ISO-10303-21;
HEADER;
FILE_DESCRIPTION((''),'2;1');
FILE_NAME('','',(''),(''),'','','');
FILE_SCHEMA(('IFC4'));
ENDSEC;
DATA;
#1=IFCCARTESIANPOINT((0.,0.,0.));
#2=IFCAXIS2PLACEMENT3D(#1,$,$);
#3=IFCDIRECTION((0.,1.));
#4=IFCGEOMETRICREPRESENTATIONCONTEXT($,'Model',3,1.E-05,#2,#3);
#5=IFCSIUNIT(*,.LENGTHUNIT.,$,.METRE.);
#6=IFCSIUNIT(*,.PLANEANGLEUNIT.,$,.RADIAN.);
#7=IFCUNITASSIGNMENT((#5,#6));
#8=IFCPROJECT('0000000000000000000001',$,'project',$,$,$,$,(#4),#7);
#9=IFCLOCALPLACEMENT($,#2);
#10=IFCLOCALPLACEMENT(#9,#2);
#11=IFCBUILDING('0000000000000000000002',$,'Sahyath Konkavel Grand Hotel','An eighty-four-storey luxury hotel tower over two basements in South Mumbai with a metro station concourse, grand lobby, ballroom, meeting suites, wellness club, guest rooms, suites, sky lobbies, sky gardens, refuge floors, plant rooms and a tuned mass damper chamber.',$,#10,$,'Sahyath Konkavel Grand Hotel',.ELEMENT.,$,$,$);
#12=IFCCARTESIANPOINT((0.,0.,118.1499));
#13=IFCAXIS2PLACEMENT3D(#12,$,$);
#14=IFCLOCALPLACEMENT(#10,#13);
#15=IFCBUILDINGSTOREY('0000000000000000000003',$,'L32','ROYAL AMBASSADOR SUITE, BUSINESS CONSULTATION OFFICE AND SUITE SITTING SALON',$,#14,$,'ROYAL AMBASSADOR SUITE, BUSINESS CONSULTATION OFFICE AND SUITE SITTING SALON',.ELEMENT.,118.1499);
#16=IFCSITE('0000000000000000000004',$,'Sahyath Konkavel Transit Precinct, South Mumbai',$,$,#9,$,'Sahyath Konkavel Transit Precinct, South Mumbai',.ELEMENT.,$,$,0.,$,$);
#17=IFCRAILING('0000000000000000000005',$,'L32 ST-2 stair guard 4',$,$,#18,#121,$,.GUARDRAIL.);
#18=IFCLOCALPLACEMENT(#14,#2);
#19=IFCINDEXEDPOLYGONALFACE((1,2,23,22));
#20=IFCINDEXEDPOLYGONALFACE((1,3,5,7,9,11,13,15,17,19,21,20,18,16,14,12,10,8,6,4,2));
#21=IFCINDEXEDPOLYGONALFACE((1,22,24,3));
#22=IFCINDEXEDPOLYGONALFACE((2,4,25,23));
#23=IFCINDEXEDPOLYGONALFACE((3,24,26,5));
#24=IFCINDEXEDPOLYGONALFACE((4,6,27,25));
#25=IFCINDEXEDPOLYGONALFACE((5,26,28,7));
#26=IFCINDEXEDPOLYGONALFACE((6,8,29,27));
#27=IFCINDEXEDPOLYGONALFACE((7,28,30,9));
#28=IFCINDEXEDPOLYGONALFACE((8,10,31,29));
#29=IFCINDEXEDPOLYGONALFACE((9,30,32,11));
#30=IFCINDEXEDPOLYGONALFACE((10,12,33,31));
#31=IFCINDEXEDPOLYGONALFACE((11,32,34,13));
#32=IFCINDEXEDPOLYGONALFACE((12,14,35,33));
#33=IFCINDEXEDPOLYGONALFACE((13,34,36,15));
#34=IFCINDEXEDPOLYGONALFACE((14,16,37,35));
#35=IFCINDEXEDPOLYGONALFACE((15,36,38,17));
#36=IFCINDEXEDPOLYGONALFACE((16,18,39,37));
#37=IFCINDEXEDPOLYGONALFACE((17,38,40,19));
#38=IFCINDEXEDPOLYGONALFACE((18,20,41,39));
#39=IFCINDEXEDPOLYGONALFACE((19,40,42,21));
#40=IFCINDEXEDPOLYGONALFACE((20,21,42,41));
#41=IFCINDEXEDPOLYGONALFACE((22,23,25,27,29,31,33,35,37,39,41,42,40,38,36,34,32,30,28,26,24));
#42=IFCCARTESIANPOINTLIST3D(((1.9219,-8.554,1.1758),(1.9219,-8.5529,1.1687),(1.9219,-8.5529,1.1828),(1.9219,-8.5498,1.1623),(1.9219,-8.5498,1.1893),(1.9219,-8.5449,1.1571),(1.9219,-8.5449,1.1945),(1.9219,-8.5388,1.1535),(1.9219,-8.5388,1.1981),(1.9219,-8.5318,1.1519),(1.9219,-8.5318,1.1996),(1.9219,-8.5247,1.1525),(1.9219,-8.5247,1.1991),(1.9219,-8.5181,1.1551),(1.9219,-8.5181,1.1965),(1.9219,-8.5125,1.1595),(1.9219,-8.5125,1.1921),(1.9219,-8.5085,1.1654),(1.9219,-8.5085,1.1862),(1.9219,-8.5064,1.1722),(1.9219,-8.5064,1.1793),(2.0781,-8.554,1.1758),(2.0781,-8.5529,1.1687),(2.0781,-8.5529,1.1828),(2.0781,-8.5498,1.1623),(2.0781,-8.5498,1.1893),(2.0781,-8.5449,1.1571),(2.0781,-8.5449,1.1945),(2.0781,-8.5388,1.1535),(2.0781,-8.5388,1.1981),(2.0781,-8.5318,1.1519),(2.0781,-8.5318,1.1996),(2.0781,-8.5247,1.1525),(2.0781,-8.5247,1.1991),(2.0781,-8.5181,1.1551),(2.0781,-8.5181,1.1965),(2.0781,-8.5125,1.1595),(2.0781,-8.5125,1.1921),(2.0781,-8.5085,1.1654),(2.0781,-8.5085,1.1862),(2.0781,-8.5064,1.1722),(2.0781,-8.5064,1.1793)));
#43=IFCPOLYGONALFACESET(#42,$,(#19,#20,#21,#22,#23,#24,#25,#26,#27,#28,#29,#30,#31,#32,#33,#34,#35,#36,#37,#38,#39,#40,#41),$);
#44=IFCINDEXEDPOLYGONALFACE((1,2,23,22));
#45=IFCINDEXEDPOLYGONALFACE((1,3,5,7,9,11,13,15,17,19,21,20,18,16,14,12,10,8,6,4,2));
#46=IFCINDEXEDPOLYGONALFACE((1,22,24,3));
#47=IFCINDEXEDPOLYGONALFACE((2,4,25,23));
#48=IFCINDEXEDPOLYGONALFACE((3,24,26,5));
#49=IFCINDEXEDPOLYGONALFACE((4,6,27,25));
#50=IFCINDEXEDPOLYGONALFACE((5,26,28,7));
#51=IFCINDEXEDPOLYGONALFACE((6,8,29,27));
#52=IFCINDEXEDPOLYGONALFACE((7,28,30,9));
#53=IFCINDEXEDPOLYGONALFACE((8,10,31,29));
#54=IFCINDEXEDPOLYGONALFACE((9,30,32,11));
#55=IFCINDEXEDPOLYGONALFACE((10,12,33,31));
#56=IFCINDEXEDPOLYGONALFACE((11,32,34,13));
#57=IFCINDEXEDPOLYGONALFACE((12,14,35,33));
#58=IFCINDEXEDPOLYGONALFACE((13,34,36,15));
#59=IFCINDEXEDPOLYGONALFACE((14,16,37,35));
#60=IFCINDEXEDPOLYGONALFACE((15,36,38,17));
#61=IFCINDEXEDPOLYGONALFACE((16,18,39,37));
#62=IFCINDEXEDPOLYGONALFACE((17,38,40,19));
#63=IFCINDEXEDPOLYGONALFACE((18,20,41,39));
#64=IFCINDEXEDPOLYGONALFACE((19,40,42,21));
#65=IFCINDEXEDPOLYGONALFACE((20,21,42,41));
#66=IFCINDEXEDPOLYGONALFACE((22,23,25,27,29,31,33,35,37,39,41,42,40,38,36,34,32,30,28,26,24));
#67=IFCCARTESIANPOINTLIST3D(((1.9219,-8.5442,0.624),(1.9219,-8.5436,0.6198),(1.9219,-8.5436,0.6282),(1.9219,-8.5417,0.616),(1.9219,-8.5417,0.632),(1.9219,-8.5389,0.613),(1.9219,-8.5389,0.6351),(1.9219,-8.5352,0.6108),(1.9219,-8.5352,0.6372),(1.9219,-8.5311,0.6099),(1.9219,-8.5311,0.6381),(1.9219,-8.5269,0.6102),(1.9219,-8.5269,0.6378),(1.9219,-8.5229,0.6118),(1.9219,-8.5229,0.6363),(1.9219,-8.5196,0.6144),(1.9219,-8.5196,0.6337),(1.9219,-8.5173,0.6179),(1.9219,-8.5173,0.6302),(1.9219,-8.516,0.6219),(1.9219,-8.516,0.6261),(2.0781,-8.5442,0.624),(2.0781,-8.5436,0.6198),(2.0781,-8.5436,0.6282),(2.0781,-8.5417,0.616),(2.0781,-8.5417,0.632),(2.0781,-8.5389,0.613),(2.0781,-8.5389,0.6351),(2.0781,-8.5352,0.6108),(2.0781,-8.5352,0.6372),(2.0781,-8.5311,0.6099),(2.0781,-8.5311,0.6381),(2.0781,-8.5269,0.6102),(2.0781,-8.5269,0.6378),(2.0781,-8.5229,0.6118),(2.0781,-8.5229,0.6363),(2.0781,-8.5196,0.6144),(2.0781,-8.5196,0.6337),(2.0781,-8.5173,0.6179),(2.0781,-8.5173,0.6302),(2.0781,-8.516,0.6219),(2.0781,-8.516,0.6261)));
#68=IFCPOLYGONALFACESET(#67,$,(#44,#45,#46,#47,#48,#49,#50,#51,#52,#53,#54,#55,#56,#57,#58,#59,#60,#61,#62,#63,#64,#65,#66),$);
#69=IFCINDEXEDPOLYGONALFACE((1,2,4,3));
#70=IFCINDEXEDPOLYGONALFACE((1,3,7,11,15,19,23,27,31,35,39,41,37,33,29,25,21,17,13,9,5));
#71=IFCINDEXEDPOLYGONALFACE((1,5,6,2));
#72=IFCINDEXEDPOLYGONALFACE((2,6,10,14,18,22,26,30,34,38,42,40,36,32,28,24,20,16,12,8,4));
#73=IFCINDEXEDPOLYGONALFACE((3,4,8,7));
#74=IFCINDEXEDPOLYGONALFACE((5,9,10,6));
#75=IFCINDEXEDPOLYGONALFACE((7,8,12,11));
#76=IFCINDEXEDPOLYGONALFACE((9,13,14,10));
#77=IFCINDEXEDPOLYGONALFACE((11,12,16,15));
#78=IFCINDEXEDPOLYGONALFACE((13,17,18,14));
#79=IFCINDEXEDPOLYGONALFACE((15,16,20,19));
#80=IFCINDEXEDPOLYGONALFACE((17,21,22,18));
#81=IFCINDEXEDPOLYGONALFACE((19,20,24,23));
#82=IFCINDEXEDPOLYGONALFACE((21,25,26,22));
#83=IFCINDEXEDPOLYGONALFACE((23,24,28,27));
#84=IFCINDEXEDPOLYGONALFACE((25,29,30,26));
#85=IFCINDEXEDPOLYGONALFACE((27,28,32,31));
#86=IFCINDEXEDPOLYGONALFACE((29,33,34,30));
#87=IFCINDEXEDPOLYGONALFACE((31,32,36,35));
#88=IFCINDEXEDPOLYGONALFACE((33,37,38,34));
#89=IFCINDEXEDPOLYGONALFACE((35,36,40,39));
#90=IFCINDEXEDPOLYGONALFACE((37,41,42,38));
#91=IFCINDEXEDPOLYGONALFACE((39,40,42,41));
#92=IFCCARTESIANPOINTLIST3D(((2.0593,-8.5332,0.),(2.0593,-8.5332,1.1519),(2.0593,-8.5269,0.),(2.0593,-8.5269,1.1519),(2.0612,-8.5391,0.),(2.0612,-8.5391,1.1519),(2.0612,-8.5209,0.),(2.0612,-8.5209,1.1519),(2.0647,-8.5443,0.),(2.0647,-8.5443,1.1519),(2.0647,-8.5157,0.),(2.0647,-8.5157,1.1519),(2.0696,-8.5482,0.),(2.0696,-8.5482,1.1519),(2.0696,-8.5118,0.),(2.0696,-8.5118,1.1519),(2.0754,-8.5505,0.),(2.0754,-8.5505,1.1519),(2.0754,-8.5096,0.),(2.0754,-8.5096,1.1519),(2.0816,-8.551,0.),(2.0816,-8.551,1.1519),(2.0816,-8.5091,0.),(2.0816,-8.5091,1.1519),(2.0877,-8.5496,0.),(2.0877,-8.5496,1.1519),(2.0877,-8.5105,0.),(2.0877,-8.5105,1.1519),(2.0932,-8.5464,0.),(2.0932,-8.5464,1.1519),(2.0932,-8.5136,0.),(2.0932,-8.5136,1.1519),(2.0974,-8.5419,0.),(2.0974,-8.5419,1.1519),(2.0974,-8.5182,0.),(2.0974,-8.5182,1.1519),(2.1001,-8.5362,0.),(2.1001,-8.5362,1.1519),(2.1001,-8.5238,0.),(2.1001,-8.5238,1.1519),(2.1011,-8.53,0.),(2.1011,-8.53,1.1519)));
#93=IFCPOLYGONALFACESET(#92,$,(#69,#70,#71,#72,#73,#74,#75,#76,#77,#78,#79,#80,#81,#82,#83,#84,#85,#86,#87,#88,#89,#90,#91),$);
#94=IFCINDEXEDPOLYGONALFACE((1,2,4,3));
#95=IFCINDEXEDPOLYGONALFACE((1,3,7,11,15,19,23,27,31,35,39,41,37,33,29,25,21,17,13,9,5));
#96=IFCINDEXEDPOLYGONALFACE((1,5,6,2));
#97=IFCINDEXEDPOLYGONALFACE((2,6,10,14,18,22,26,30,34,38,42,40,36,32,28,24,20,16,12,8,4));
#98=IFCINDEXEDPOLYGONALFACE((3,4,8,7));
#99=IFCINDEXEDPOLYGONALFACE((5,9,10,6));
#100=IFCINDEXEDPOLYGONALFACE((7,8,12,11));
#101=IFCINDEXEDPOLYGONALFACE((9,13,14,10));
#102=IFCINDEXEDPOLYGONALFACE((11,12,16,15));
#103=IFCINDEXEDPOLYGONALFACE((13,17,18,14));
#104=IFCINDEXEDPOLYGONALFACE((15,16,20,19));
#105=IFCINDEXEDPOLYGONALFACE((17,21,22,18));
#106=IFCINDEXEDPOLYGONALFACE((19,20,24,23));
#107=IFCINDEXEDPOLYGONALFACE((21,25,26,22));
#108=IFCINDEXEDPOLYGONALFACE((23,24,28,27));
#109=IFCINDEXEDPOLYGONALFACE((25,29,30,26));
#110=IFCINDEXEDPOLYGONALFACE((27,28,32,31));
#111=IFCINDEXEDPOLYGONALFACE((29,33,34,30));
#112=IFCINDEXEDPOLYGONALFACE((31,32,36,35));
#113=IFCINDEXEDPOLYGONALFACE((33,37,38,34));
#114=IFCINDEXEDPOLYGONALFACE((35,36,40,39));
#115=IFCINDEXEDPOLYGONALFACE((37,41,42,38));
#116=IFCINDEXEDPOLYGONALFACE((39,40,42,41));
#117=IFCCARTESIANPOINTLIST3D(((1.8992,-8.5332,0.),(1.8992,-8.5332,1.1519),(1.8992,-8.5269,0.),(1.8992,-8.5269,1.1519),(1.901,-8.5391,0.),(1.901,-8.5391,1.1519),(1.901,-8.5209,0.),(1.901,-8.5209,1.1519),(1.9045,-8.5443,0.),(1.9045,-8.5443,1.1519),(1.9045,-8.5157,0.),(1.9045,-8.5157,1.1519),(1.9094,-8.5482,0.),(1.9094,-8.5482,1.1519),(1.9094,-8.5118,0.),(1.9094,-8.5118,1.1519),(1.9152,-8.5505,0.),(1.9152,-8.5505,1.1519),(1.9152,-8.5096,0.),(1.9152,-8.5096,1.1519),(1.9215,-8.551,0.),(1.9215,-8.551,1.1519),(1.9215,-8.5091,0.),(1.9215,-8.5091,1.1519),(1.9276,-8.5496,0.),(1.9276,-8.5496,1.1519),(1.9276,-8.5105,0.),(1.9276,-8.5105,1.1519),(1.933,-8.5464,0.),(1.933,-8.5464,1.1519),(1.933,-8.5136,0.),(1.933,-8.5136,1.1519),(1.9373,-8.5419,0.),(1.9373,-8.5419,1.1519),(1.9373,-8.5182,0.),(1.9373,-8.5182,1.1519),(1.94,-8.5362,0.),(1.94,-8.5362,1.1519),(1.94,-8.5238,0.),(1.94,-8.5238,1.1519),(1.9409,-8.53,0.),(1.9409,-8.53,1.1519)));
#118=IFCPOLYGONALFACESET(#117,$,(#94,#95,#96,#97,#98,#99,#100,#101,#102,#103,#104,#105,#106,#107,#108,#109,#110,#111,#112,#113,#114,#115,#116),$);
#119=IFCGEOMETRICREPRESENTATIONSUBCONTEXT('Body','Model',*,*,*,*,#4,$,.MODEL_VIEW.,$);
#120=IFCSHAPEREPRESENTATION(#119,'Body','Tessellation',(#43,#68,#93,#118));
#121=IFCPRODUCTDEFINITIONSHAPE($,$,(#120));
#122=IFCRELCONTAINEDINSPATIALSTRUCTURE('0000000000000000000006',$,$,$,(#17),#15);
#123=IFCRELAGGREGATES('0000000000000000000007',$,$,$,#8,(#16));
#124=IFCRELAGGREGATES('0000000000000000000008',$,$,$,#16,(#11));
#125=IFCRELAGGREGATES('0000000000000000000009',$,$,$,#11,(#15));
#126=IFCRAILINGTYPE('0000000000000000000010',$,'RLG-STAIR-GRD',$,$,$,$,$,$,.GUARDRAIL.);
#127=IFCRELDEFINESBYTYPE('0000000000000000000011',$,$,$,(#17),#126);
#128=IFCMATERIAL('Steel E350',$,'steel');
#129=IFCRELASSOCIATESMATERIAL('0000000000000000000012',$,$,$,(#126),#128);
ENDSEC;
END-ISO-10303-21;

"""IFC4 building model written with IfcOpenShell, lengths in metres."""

from ifc_helpers import new_model, si_unit, direction, frame, origin, origin_2d, place, context, subcontext, project, spatial, circle, extrude, material, type_object, element, save


model = new_model("IFC4")

# Units and contexts
model_context = context("Model", 3, precision=1e-05, world=origin(), true_north=direction((0.0, 1.0)))
body_context = subcontext(model_context, "Body", "Model", "MODEL_VIEW")
ifc_project = project(units=[si_unit("LENGTHUNIT", "METRE"), si_unit("PLANEANGLEUNIT", "RADIAN")], contexts=[model_context])

# Site, building, storey
site_placement = place(None, origin())
site = spatial("IfcSite", under=ifc_project, at=site_placement, Name="Sahyath Konkavel Transit Precinct, South Mumbai", LongName="Sahyath Konkavel Transit Precinct, South Mumbai", CompositionType="ELEMENT", RefElevation=0.0)
building_placement = place(site_placement, origin())
building = spatial("IfcBuilding", under=site, at=building_placement, Name="Sahyath Konkavel Grand Hotel", Description="An eighty-four-storey luxury hotel tower over two basements in South Mumbai with a metro station concourse, grand lobby, ballroom, meeting suites, wellness club, guest rooms, suites, sky lobbies, sky gardens, refuge floors, plant rooms and a tuned mass damper chamber.", LongName="Sahyath Konkavel Grand Hotel", CompositionType="ELEMENT")
storey_placement = place(building_placement, frame((0.0, 0.0, 118.1499)))
storey = spatial("IfcBuildingStorey", under=building, at=storey_placement, Name="L32", Description="ROYAL AMBASSADOR SUITE, BUSINESS CONSULTATION OFFICE AND SUITE SITTING SALON", LongName="ROYAL AMBASSADOR SUITE, BUSINESS CONSULTATION OFFICE AND SUITE SITTING SALON", CompositionType="ELEMENT", Elevation=118.1499)

# Shared definitions
ifc_material_1 = material(Name="Steel E350", Category="steel")

# Railing
railing_type_1 = type_object("IfcRailingType", Name="RLG-STAIR-GRD", PredefinedType="GUARDRAIL", material=ifc_material_1)
railing_1_placement = place(storey_placement, frame((2.0801, -8.53, 0.0)))
element("IfcRailing", 1, at=railing_1_placement, inside=storey, type_object=railing_type_1, Name="L32 ST-2 stair guard 4", PredefinedType="GUARDRAIL", context=body_context, shape_type="SweptSolid", body=[
    extrude(circle(Radius=0.0239, at=origin_2d()), frame((-0.002, 0.0, 1.1758), z_axis=(-1.0, 0.0, 0.0), x_axis=(0.0, -1.0, 0.0)), (0.0, 0.0, 1.0), 0.1562),
    extrude(circle(Radius=0.0142, at=origin_2d()), frame((-0.002, 0.0, 0.624), z_axis=(-1.0, 0.0, 0.0), x_axis=(0.0, -1.0, 0.0)), (0.0, 0.0, 1.0), 0.1562),
    extrude(circle(Radius=0.021, at=origin_2d()), origin(), (0.0, 0.0, 1.0), 1.1519),
    extrude(circle(Radius=0.021, at=origin_2d()), frame((-0.1602, 0.0, 0.0)), (0.0, 0.0, 1.0), 1.1519),
])

save(model, "model.ifc")
